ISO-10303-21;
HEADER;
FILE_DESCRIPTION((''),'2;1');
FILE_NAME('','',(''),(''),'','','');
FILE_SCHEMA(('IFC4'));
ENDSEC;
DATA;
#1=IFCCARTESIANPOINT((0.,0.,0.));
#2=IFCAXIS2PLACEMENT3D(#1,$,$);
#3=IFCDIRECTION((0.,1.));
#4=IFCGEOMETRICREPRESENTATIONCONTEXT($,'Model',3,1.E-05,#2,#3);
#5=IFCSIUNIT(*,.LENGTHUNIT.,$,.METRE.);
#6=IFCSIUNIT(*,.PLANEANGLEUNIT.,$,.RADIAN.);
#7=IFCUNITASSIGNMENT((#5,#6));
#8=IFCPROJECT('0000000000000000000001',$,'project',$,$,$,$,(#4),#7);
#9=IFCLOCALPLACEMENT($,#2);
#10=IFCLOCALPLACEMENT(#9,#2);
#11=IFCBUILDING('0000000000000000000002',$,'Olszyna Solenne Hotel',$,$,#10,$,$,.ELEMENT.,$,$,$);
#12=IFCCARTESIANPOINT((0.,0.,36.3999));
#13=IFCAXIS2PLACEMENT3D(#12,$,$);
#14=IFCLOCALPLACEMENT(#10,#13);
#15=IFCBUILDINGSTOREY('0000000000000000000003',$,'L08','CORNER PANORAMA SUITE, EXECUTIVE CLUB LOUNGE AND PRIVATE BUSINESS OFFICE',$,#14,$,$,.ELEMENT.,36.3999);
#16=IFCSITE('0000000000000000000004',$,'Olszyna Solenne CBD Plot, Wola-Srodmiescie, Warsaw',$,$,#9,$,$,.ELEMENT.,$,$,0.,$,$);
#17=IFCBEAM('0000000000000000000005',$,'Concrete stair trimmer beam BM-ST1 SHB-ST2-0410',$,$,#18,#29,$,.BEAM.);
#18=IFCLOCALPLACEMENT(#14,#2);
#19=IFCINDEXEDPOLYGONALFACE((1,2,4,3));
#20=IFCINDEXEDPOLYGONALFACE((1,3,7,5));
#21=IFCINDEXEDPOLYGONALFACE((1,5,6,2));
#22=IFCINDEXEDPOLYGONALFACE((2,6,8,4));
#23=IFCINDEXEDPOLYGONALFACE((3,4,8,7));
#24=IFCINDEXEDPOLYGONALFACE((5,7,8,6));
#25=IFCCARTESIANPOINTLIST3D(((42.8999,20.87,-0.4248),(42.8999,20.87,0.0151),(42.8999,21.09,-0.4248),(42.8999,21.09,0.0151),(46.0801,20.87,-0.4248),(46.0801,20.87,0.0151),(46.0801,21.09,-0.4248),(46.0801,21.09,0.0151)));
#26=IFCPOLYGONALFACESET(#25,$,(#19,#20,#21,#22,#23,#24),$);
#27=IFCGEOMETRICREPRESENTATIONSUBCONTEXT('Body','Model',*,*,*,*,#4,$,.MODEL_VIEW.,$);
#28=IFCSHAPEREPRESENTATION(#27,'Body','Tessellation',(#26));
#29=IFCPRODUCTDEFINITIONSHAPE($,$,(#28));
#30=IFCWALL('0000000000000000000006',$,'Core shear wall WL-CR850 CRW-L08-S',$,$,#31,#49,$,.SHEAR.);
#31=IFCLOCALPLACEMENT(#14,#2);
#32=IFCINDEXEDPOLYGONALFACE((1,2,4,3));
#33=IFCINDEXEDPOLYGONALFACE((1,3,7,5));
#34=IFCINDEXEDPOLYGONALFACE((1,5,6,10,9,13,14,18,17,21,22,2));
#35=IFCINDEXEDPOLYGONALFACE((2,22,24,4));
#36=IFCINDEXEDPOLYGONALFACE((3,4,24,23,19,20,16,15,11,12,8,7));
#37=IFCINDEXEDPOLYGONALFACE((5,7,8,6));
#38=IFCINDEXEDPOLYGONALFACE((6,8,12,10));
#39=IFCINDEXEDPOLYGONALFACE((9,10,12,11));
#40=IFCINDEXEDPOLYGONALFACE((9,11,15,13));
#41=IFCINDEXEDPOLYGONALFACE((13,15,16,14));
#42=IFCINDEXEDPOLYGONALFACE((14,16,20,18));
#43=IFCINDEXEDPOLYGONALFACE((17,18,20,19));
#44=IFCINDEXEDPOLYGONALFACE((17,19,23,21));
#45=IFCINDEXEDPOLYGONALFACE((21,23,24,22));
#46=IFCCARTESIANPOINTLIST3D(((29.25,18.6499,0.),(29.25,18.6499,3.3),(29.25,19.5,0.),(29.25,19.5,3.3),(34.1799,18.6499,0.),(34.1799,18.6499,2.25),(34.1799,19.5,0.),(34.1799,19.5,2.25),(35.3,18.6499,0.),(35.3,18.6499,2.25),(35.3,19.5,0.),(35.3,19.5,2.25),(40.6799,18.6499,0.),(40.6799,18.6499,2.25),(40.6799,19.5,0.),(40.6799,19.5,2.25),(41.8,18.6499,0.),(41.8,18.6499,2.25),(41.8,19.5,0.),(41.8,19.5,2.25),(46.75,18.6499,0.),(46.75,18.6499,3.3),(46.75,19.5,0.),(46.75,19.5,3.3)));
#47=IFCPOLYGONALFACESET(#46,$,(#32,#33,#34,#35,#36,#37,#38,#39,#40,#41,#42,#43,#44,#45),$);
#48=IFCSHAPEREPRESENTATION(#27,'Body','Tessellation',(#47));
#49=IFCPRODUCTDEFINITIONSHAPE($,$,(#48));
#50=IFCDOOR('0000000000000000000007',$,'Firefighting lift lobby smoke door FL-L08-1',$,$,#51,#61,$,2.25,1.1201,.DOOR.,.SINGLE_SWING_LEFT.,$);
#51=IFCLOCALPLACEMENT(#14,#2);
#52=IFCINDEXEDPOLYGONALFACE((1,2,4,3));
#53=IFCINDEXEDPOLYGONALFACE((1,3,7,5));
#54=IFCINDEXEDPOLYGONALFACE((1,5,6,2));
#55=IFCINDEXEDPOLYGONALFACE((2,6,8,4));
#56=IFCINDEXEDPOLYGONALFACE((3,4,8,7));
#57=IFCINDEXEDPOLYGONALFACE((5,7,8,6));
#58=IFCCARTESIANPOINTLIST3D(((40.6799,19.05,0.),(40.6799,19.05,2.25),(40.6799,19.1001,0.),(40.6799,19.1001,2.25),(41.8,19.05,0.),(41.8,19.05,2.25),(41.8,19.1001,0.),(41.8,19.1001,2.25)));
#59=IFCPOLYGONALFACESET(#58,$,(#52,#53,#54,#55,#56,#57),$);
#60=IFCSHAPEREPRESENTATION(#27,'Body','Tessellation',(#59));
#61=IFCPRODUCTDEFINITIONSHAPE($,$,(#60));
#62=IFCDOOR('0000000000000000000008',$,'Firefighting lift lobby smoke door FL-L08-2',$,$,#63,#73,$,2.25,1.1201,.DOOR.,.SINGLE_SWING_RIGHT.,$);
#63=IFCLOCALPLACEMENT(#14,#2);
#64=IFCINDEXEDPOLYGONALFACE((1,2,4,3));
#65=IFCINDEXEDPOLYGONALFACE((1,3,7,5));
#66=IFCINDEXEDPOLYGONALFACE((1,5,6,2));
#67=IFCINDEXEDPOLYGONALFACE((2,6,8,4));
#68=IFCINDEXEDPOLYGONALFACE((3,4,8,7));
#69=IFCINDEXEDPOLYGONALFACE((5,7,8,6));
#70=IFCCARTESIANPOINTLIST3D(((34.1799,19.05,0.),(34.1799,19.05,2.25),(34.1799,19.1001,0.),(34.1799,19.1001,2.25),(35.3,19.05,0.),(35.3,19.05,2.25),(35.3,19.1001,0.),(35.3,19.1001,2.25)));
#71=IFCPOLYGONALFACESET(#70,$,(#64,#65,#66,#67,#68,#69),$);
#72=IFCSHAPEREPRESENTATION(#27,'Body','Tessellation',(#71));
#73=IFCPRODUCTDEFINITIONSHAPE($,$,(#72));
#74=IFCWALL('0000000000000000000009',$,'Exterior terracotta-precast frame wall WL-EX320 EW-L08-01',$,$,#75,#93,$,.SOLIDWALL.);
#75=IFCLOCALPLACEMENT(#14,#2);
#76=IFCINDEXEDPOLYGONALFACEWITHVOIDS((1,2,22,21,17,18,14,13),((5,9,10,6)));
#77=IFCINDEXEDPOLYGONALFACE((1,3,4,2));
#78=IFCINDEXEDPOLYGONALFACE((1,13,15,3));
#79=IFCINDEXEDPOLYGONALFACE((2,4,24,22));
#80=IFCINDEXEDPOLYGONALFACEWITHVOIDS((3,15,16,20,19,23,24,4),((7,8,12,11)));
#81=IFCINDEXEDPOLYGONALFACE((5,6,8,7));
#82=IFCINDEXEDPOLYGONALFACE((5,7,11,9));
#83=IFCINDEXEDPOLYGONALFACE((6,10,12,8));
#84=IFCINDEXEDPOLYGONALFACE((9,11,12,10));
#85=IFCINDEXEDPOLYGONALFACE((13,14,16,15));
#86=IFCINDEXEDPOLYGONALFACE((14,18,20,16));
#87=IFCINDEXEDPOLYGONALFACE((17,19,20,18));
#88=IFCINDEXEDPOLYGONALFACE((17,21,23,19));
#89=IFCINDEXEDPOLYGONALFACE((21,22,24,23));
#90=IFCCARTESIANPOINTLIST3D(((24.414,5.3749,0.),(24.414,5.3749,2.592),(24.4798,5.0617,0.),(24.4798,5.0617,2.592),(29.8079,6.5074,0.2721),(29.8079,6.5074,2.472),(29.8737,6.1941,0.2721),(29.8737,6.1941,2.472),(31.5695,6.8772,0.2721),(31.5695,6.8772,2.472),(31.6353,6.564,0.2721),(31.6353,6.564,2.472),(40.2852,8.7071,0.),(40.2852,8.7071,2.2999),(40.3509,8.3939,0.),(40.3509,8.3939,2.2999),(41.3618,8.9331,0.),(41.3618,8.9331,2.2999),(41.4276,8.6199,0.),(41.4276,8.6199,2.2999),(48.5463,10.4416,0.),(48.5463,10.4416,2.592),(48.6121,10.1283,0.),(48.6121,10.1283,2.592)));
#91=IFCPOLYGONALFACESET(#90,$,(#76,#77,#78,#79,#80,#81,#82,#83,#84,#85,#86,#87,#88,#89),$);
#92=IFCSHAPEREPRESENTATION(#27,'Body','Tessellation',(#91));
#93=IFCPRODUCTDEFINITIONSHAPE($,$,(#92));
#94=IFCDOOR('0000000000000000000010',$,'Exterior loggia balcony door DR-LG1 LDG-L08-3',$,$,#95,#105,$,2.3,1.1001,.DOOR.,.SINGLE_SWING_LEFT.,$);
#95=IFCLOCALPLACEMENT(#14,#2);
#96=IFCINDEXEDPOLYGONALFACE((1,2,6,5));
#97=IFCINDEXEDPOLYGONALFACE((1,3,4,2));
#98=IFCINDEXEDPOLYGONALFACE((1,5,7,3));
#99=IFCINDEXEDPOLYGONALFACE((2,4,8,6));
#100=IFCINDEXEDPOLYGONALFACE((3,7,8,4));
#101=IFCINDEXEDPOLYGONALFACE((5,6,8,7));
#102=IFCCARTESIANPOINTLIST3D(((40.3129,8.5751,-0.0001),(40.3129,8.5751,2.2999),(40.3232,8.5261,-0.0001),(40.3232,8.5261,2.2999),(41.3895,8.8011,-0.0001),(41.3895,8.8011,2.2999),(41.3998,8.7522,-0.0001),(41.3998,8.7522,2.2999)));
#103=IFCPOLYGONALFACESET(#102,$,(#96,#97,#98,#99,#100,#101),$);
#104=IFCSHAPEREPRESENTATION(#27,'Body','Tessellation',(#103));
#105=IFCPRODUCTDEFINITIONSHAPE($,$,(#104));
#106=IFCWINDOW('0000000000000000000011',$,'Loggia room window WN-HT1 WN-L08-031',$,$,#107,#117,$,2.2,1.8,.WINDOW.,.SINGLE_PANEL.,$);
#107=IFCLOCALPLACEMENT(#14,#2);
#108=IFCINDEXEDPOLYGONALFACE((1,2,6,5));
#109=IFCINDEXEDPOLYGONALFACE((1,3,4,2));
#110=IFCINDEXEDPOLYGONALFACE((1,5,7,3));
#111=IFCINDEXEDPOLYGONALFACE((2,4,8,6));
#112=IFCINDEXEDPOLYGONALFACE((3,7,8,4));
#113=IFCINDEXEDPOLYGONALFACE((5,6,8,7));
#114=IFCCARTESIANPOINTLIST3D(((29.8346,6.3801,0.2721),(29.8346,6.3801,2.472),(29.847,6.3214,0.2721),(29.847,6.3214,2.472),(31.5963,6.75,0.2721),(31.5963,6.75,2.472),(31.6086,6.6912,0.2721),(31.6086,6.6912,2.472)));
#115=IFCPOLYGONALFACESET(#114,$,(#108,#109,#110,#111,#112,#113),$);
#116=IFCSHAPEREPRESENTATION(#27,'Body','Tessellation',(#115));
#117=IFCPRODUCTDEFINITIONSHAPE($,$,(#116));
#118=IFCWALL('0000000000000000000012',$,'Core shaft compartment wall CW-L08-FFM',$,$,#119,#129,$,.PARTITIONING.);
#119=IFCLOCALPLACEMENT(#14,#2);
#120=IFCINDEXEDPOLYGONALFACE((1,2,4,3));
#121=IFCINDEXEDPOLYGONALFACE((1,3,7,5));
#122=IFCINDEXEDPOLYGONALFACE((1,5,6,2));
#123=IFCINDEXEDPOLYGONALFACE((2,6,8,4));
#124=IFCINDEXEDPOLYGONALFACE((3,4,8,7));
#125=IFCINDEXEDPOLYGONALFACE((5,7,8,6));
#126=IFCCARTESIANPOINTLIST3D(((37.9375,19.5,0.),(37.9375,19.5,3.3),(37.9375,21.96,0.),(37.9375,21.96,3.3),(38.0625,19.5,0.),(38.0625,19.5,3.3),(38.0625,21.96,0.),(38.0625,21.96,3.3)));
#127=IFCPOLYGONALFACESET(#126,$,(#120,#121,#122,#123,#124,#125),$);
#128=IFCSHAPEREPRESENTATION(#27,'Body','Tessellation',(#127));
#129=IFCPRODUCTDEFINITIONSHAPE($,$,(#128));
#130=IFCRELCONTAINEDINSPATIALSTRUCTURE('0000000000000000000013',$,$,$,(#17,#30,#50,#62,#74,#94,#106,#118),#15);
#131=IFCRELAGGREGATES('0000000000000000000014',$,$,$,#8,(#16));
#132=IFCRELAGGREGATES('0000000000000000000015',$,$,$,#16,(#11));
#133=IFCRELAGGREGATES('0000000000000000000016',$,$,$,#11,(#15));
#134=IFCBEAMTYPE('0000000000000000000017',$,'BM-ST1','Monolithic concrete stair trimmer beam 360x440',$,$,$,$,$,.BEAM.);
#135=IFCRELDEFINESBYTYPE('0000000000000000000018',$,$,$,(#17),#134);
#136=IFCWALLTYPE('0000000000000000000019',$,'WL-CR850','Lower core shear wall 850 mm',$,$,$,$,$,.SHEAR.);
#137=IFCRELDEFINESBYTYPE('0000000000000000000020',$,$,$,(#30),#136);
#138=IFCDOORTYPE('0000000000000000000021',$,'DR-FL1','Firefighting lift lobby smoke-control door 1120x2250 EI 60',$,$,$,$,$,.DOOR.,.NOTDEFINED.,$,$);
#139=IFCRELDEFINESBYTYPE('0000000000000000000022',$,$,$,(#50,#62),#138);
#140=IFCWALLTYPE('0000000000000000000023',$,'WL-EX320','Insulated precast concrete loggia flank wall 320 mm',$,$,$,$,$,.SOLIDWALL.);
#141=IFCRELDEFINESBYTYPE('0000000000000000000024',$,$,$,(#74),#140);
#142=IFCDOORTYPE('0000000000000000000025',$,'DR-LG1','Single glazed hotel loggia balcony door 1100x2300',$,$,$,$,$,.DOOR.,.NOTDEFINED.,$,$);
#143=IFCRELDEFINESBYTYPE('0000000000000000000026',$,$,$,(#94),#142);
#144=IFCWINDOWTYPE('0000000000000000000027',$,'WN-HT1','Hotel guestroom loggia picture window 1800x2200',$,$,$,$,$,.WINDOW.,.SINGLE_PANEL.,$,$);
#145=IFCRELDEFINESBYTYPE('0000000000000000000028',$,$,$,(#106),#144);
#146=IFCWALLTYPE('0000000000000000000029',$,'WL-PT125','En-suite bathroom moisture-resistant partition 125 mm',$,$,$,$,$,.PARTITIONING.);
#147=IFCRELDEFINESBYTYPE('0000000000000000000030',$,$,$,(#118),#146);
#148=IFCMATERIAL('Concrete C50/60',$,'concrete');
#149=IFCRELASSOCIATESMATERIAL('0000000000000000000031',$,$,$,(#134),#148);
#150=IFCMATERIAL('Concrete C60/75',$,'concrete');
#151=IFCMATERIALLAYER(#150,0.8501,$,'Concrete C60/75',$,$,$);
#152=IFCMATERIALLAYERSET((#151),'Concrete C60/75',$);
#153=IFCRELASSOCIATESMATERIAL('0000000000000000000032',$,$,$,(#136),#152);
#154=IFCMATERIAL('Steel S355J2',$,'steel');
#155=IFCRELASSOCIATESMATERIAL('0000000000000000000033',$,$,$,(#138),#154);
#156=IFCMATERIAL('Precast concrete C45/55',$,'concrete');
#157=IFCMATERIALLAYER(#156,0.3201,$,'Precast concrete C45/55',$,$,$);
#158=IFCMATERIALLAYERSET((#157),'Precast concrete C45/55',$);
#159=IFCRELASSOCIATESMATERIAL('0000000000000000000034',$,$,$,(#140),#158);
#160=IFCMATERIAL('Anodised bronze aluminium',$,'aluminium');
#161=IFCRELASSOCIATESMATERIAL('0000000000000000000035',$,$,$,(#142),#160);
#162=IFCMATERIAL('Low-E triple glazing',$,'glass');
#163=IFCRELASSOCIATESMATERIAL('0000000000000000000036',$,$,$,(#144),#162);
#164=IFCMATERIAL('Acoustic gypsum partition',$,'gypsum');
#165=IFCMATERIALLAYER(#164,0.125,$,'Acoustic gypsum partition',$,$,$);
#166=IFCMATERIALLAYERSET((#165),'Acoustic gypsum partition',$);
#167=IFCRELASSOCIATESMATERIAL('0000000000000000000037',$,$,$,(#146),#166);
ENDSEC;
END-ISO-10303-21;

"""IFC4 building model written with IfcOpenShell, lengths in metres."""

from ifc_helpers import new_model, si_unit, direction, frame, frame_2d, origin, origin_2d, place, context, subcontext, project, spatial, rectangle, extrude, source, transform, mapped, material, layer, layer_set, material_profile, profile_set, type_object, type_shapes, element, fill, save


model = new_model("IFC4")

# Units and contexts
model_context = context("Model", 3, precision=1e-05, world=origin(), true_north=direction((0.0, 1.0)))
body_context = subcontext(model_context, "Body", "Model", "MODEL_VIEW")
ifc_project = project(units=[si_unit("LENGTHUNIT", "METRE"), si_unit("PLANEANGLEUNIT", "RADIAN")], contexts=[model_context])

# Site, building, storey
site_placement = place(None, origin())
site = spatial("IfcSite", under=ifc_project, at=site_placement, Name="Olszyna Solenne CBD Plot, Wola-Srodmiescie, Warsaw", CompositionType="ELEMENT", RefElevation=0.0)
building_placement = place(site_placement, origin())
building = spatial("IfcBuilding", under=site, at=building_placement, Name="Olszyna Solenne Hotel", CompositionType="ELEMENT")
storey_placement = place(building_placement, frame((0.0, 0.0, 36.3999)))
storey = spatial("IfcBuildingStorey", under=building, at=storey_placement, Name="L08", Description="CORNER PANORAMA SUITE, EXECUTIVE CLUB LOUNGE AND PRIVATE BUSINESS OFFICE", CompositionType="ELEMENT", Elevation=36.3999)

# Beam
ifc_material_1 = material(Name="Concrete C50/60", Category="concrete")
ifc_material_profile = material_profile(ifc_material_1, rectangle(XDim=0.22, YDim=0.4399, at=origin_2d()), Name="RC 220x440", Category="load-bearing")
ifc_profile_set = profile_set([ifc_material_profile], Name="Concrete C50/60")
beam_type = type_object("IfcBeamType", Name="BM-ST1", Description="Monolithic concrete stair trimmer beam 360x440", PredefinedType="BEAM", material=ifc_profile_set)
shared_shape_1 = source(origin(), body_context, "Body", "SweptSolid", [
    extrude(rectangle(XDim=0.22, YDim=0.4399, at=origin_2d()), origin(), (0.0, 0.0, 1.0), 3.1802),
])
beam_placement = place(storey_placement, frame((46.0801, 20.98, -0.2048), z_axis=(-1.0, 0.0, 0.0), x_axis=(0.0, -1.0, 0.0)))
element("IfcBeam", 1, at=beam_placement, inside=storey, type_object=beam_type, Name="Concrete stair trimmer beam BM-ST1 SHB-ST2-0410", PredefinedType="BEAM", context=body_context, shape_type="MappedRepresentation", body=[
    mapped(shared_shape_1, transform((0.0, 0.0, 0.0), x_axis=(1.0, 0.0, 0.0), y_axis=(0.0, 1.0, 0.0), z_axis=(0.0, 0.0, 1.0), scale=1.0)),
])

# Wall, openings, doors
ifc_material_2 = material(Name="Concrete C60/75", Category="concrete")
ifc_layer_1 = layer(ifc_material_2, 0.8501, Name="Concrete C60/75")
ifc_layer_set_1 = layer_set([ifc_layer_1], Name="Concrete C60/75")
wall_type_1 = type_object("IfcWallType", Name="WL-CR850", Description="Lower core shear wall 850 mm", PredefinedType="SHEAR", material=ifc_layer_set_1)
wall_1_placement = place(storey_placement, frame((46.75, 19.075, 0.0), z_axis=(0.0, 0.0, 1.0), x_axis=(-1.0, 0.0, 0.0)))
wall_1 = element("IfcWall", 2, at=wall_1_placement, inside=storey, type_object=wall_type_1, Name="Core shear wall WL-CR850 CRW-L08-S", PredefinedType="SHEAR", context=body_context, shape_type="SweptSolid", body=[
    extrude(rectangle(XDim=17.5, YDim=0.8501, at=frame_2d((8.75, 0.0))), origin(), (0.0, 0.0, 1.0), 3.3),
])
opening_1_placement = place(wall_1_placement, frame((4.95, 0.0, 0.0)))
opening_1 = element("IfcOpeningElement", 3, at=opening_1_placement, cuts=wall_1, PredefinedType="OPENING", context=body_context, shape_type="SweptSolid", body=[
    extrude(rectangle(XDim=1.1201, YDim=2.25, at=frame_2d((0.5601, 1.125))), frame((0.0, 0.4351, 0.0), z_axis=(0.0, -1.0, 0.0), x_axis=(1.0, 0.0, 0.0)), (0.0, 0.0, 1.0), 0.8701),
])
opening_2_placement = place(wall_1_placement, frame((11.45, 0.0, 0.0)))
opening_2 = element("IfcOpeningElement", 4, at=opening_2_placement, cuts=wall_1, PredefinedType="OPENING", context=body_context, shape_type="SweptSolid", body=[
    extrude(rectangle(XDim=1.1201, YDim=2.25, at=frame_2d((0.5601, 1.125))), frame((0.0, 0.4351, 0.0), z_axis=(0.0, -1.0, 0.0), x_axis=(1.0, 0.0, 0.0)), (0.0, 0.0, 1.0), 0.8701),
])
ifc_material_3 = material(Name="Steel S355J2", Category="steel")
door_type_1 = type_object("IfcDoorType", Name="DR-FL1", Description="Firefighting lift lobby smoke-control door 1120x2250 EI 60", OperationType="NOTDEFINED", PredefinedType="DOOR", material=ifc_material_3)
shared_shape_2 = source(origin(), body_context, "Body", "SweptSolid", [
    extrude(rectangle(XDim=1.1201, YDim=2.25, at=frame_2d((0.5601, 1.125))), frame((0.0, 0.0249, 0.0), z_axis=(0.0, -1.0, 0.0), x_axis=(1.0, 0.0, 0.0)), (0.0, 0.0, 1.0), 0.05),
])
type_shapes(door_type_1, [shared_shape_2])
door_1_placement = place(opening_1_placement, origin())
door_1 = element("IfcDoor", 5, at=door_1_placement, inside=storey, type_object=door_type_1, Name="Firefighting lift lobby smoke door FL-L08-1", OperationType="SINGLE_SWING_LEFT", OverallHeight=2.25, OverallWidth=1.1201, PredefinedType="DOOR", context=body_context, shape_type="MappedRepresentation", body=[
    mapped(shared_shape_2, transform((0.0, 0.0, 0.0), x_axis=(1.0, 0.0, 0.0), y_axis=(0.0, 1.0, 0.0), z_axis=(0.0, 0.0, 1.0), scale=1.0)),
])
fill(opening_1, door_1)
door_2_placement = place(opening_2_placement, origin())
door_2 = element("IfcDoor", 6, at=door_2_placement, inside=storey, type_object=door_type_1, Name="Firefighting lift lobby smoke door FL-L08-2", OperationType="SINGLE_SWING_RIGHT", OverallHeight=2.25, OverallWidth=1.1201, PredefinedType="DOOR", context=body_context, shape_type="MappedRepresentation", body=[
    mapped(shared_shape_2, transform((0.0, 0.0, 0.0), x_axis=(1.0, 0.0, 0.0), y_axis=(0.0, 1.0, 0.0), z_axis=(0.0, 0.0, 1.0), scale=1.0)),
])
fill(opening_2, door_2)

# Wall, openings, door, window
ifc_material_4 = material(Name="Precast concrete C45/55", Category="concrete")
ifc_layer_2 = layer(ifc_material_4, 0.3201, Name="Precast concrete C45/55")
ifc_layer_set_2 = layer_set([ifc_layer_2], Name="Precast concrete C45/55")
wall_type_2 = type_object("IfcWallType", Name="WL-EX320", Description="Insulated precast concrete loggia flank wall 320 mm", PredefinedType="SOLIDWALL", material=ifc_layer_set_2)
wall_2_placement = place(storey_placement, frame((48.5791, 10.2849, 0.0), z_axis=(0.0, 0.0, 1.0), x_axis=(-0.978663, -0.205473, 0.0)))
wall_2 = element("IfcWall", 7, at=wall_2_placement, inside=storey, type_object=wall_type_2, Name="Exterior terracotta-precast frame wall WL-EX320 EW-L08-01", PredefinedType="SOLIDWALL", context=body_context, shape_type="SweptSolid", body=[
    extrude(rectangle(XDim=24.6584, YDim=0.3201, at=frame_2d((12.3291, 0.0))), origin(), (0.0, 0.0, 1.0), 2.592),
])
opening_3_placement = place(wall_2_placement, frame((7.3411, 0.0, 0.0)))
opening_3 = element("IfcOpeningElement", 8, at=opening_3_placement, cuts=wall_2, PredefinedType="OPENING", context=body_context, shape_type="SweptSolid", body=[
    extrude(rectangle(XDim=1.1001, YDim=2.3, at=frame_2d((0.55, 1.1499))), frame((0.0, 0.1699, 0.0), z_axis=(0.0, -1.0, 0.0), x_axis=(1.0, 0.0, 0.0)), (0.0, 0.0, 1.0), 0.3401),
])
opening_4_placement = place(wall_2_placement, frame((17.3469, 0.0, 0.272)))
opening_4 = element("IfcOpeningElement", 9, at=opening_4_placement, cuts=wall_2, PredefinedType="OPENING", context=body_context, shape_type="SweptSolid", body=[
    extrude(rectangle(XDim=1.8, YDim=2.2, at=frame_2d((0.8999, 1.1001))), frame((0.0, 0.1699, 0.0), z_axis=(0.0, -1.0, 0.0), x_axis=(1.0, 0.0, 0.0)), (0.0, 0.0, 1.0), 0.3401),
])
ifc_material_5 = material(Name="Anodised bronze aluminium", Category="aluminium")
door_type_2 = type_object("IfcDoorType", Name="DR-LG1", Description="Single glazed hotel loggia balcony door 1100x2300", OperationType="NOTDEFINED", PredefinedType="DOOR", material=ifc_material_5)
shared_shape_3 = source(origin(), body_context, "Body", "SweptSolid", [
    extrude(rectangle(XDim=1.1001, YDim=2.3, at=frame_2d((0.55, 1.1499))), frame((0.0, 0.0249, 0.0), z_axis=(0.0, -1.0, 0.0), x_axis=(1.0, 0.0, 0.0)), (0.0, 0.0, 1.0), 0.05),
])
type_shapes(door_type_2, [shared_shape_3])
door_3_placement = place(opening_3_placement, origin())
door_3 = element("IfcDoor", 10, at=door_3_placement, inside=storey, type_object=door_type_2, Name="Exterior loggia balcony door DR-LG1 LDG-L08-3", OperationType="SINGLE_SWING_LEFT", OverallHeight=2.3, OverallWidth=1.1001, PredefinedType="DOOR", context=body_context, shape_type="MappedRepresentation", body=[
    mapped(shared_shape_3, transform((0.0, 0.0, 0.0), x_axis=(1.0, 0.0, 0.0), y_axis=(0.0, 1.0, 0.0), z_axis=(0.0, 0.0, 1.0), scale=1.0)),
])
fill(opening_3, door_3)
ifc_material_6 = material(Name="Low-E triple glazing", Category="glass")
window_type = type_object("IfcWindowType", Name="WN-HT1", Description="Hotel guestroom loggia picture window 1800x2200", PartitioningType="SINGLE_PANEL", PredefinedType="WINDOW", material=ifc_material_6)
shared_shape_4 = source(origin(), body_context, "Body", "SweptSolid", [
    extrude(rectangle(XDim=1.8, YDim=2.2, at=frame_2d((0.8999, 1.1001))), frame((0.0, 0.03, 0.0), z_axis=(0.0, -1.0, 0.0), x_axis=(1.0, 0.0, 0.0)), (0.0, 0.0, 1.0), 0.0601),
])
type_shapes(window_type, [shared_shape_4])
window_placement = place(opening_4_placement, origin())
window = element("IfcWindow", 11, at=window_placement, inside=storey, type_object=window_type, Name="Loggia room window WN-HT1 WN-L08-031", OverallHeight=2.2, OverallWidth=1.8, PartitioningType="SINGLE_PANEL", PredefinedType="WINDOW", context=body_context, shape_type="MappedRepresentation", body=[
    mapped(shared_shape_4, transform((0.0, 0.0, 0.0), x_axis=(1.0, 0.0, 0.0), y_axis=(0.0, 1.0, 0.0), z_axis=(0.0, 0.0, 1.0), scale=1.0)),
])
fill(opening_4, window)

# Wall
ifc_material_7 = material(Name="Acoustic gypsum partition", Category="gypsum")
ifc_layer_3 = layer(ifc_material_7, 0.125, Name="Acoustic gypsum partition")
ifc_layer_set_3 = layer_set([ifc_layer_3], Name="Acoustic gypsum partition")
wall_type_3 = type_object("IfcWallType", Name="WL-PT125", Description="En-suite bathroom moisture-resistant partition 125 mm", PredefinedType="PARTITIONING", material=ifc_layer_set_3)
wall_3_placement = place(storey_placement, frame((38.0, 19.5, 0.0), z_axis=(0.0, 0.0, 1.0), x_axis=(0.0, 1.0, 0.0)))
element("IfcWall", 12, at=wall_3_placement, inside=storey, type_object=wall_type_3, Name="Core shaft compartment wall CW-L08-FFM", PredefinedType="PARTITIONING", context=body_context, shape_type="SweptSolid", body=[
    extrude(rectangle(XDim=2.46, YDim=0.125, at=frame_2d((1.23, 0.0))), origin(), (0.0, 0.0, 1.0), 3.3),
])

save(model, "model.ifc")
